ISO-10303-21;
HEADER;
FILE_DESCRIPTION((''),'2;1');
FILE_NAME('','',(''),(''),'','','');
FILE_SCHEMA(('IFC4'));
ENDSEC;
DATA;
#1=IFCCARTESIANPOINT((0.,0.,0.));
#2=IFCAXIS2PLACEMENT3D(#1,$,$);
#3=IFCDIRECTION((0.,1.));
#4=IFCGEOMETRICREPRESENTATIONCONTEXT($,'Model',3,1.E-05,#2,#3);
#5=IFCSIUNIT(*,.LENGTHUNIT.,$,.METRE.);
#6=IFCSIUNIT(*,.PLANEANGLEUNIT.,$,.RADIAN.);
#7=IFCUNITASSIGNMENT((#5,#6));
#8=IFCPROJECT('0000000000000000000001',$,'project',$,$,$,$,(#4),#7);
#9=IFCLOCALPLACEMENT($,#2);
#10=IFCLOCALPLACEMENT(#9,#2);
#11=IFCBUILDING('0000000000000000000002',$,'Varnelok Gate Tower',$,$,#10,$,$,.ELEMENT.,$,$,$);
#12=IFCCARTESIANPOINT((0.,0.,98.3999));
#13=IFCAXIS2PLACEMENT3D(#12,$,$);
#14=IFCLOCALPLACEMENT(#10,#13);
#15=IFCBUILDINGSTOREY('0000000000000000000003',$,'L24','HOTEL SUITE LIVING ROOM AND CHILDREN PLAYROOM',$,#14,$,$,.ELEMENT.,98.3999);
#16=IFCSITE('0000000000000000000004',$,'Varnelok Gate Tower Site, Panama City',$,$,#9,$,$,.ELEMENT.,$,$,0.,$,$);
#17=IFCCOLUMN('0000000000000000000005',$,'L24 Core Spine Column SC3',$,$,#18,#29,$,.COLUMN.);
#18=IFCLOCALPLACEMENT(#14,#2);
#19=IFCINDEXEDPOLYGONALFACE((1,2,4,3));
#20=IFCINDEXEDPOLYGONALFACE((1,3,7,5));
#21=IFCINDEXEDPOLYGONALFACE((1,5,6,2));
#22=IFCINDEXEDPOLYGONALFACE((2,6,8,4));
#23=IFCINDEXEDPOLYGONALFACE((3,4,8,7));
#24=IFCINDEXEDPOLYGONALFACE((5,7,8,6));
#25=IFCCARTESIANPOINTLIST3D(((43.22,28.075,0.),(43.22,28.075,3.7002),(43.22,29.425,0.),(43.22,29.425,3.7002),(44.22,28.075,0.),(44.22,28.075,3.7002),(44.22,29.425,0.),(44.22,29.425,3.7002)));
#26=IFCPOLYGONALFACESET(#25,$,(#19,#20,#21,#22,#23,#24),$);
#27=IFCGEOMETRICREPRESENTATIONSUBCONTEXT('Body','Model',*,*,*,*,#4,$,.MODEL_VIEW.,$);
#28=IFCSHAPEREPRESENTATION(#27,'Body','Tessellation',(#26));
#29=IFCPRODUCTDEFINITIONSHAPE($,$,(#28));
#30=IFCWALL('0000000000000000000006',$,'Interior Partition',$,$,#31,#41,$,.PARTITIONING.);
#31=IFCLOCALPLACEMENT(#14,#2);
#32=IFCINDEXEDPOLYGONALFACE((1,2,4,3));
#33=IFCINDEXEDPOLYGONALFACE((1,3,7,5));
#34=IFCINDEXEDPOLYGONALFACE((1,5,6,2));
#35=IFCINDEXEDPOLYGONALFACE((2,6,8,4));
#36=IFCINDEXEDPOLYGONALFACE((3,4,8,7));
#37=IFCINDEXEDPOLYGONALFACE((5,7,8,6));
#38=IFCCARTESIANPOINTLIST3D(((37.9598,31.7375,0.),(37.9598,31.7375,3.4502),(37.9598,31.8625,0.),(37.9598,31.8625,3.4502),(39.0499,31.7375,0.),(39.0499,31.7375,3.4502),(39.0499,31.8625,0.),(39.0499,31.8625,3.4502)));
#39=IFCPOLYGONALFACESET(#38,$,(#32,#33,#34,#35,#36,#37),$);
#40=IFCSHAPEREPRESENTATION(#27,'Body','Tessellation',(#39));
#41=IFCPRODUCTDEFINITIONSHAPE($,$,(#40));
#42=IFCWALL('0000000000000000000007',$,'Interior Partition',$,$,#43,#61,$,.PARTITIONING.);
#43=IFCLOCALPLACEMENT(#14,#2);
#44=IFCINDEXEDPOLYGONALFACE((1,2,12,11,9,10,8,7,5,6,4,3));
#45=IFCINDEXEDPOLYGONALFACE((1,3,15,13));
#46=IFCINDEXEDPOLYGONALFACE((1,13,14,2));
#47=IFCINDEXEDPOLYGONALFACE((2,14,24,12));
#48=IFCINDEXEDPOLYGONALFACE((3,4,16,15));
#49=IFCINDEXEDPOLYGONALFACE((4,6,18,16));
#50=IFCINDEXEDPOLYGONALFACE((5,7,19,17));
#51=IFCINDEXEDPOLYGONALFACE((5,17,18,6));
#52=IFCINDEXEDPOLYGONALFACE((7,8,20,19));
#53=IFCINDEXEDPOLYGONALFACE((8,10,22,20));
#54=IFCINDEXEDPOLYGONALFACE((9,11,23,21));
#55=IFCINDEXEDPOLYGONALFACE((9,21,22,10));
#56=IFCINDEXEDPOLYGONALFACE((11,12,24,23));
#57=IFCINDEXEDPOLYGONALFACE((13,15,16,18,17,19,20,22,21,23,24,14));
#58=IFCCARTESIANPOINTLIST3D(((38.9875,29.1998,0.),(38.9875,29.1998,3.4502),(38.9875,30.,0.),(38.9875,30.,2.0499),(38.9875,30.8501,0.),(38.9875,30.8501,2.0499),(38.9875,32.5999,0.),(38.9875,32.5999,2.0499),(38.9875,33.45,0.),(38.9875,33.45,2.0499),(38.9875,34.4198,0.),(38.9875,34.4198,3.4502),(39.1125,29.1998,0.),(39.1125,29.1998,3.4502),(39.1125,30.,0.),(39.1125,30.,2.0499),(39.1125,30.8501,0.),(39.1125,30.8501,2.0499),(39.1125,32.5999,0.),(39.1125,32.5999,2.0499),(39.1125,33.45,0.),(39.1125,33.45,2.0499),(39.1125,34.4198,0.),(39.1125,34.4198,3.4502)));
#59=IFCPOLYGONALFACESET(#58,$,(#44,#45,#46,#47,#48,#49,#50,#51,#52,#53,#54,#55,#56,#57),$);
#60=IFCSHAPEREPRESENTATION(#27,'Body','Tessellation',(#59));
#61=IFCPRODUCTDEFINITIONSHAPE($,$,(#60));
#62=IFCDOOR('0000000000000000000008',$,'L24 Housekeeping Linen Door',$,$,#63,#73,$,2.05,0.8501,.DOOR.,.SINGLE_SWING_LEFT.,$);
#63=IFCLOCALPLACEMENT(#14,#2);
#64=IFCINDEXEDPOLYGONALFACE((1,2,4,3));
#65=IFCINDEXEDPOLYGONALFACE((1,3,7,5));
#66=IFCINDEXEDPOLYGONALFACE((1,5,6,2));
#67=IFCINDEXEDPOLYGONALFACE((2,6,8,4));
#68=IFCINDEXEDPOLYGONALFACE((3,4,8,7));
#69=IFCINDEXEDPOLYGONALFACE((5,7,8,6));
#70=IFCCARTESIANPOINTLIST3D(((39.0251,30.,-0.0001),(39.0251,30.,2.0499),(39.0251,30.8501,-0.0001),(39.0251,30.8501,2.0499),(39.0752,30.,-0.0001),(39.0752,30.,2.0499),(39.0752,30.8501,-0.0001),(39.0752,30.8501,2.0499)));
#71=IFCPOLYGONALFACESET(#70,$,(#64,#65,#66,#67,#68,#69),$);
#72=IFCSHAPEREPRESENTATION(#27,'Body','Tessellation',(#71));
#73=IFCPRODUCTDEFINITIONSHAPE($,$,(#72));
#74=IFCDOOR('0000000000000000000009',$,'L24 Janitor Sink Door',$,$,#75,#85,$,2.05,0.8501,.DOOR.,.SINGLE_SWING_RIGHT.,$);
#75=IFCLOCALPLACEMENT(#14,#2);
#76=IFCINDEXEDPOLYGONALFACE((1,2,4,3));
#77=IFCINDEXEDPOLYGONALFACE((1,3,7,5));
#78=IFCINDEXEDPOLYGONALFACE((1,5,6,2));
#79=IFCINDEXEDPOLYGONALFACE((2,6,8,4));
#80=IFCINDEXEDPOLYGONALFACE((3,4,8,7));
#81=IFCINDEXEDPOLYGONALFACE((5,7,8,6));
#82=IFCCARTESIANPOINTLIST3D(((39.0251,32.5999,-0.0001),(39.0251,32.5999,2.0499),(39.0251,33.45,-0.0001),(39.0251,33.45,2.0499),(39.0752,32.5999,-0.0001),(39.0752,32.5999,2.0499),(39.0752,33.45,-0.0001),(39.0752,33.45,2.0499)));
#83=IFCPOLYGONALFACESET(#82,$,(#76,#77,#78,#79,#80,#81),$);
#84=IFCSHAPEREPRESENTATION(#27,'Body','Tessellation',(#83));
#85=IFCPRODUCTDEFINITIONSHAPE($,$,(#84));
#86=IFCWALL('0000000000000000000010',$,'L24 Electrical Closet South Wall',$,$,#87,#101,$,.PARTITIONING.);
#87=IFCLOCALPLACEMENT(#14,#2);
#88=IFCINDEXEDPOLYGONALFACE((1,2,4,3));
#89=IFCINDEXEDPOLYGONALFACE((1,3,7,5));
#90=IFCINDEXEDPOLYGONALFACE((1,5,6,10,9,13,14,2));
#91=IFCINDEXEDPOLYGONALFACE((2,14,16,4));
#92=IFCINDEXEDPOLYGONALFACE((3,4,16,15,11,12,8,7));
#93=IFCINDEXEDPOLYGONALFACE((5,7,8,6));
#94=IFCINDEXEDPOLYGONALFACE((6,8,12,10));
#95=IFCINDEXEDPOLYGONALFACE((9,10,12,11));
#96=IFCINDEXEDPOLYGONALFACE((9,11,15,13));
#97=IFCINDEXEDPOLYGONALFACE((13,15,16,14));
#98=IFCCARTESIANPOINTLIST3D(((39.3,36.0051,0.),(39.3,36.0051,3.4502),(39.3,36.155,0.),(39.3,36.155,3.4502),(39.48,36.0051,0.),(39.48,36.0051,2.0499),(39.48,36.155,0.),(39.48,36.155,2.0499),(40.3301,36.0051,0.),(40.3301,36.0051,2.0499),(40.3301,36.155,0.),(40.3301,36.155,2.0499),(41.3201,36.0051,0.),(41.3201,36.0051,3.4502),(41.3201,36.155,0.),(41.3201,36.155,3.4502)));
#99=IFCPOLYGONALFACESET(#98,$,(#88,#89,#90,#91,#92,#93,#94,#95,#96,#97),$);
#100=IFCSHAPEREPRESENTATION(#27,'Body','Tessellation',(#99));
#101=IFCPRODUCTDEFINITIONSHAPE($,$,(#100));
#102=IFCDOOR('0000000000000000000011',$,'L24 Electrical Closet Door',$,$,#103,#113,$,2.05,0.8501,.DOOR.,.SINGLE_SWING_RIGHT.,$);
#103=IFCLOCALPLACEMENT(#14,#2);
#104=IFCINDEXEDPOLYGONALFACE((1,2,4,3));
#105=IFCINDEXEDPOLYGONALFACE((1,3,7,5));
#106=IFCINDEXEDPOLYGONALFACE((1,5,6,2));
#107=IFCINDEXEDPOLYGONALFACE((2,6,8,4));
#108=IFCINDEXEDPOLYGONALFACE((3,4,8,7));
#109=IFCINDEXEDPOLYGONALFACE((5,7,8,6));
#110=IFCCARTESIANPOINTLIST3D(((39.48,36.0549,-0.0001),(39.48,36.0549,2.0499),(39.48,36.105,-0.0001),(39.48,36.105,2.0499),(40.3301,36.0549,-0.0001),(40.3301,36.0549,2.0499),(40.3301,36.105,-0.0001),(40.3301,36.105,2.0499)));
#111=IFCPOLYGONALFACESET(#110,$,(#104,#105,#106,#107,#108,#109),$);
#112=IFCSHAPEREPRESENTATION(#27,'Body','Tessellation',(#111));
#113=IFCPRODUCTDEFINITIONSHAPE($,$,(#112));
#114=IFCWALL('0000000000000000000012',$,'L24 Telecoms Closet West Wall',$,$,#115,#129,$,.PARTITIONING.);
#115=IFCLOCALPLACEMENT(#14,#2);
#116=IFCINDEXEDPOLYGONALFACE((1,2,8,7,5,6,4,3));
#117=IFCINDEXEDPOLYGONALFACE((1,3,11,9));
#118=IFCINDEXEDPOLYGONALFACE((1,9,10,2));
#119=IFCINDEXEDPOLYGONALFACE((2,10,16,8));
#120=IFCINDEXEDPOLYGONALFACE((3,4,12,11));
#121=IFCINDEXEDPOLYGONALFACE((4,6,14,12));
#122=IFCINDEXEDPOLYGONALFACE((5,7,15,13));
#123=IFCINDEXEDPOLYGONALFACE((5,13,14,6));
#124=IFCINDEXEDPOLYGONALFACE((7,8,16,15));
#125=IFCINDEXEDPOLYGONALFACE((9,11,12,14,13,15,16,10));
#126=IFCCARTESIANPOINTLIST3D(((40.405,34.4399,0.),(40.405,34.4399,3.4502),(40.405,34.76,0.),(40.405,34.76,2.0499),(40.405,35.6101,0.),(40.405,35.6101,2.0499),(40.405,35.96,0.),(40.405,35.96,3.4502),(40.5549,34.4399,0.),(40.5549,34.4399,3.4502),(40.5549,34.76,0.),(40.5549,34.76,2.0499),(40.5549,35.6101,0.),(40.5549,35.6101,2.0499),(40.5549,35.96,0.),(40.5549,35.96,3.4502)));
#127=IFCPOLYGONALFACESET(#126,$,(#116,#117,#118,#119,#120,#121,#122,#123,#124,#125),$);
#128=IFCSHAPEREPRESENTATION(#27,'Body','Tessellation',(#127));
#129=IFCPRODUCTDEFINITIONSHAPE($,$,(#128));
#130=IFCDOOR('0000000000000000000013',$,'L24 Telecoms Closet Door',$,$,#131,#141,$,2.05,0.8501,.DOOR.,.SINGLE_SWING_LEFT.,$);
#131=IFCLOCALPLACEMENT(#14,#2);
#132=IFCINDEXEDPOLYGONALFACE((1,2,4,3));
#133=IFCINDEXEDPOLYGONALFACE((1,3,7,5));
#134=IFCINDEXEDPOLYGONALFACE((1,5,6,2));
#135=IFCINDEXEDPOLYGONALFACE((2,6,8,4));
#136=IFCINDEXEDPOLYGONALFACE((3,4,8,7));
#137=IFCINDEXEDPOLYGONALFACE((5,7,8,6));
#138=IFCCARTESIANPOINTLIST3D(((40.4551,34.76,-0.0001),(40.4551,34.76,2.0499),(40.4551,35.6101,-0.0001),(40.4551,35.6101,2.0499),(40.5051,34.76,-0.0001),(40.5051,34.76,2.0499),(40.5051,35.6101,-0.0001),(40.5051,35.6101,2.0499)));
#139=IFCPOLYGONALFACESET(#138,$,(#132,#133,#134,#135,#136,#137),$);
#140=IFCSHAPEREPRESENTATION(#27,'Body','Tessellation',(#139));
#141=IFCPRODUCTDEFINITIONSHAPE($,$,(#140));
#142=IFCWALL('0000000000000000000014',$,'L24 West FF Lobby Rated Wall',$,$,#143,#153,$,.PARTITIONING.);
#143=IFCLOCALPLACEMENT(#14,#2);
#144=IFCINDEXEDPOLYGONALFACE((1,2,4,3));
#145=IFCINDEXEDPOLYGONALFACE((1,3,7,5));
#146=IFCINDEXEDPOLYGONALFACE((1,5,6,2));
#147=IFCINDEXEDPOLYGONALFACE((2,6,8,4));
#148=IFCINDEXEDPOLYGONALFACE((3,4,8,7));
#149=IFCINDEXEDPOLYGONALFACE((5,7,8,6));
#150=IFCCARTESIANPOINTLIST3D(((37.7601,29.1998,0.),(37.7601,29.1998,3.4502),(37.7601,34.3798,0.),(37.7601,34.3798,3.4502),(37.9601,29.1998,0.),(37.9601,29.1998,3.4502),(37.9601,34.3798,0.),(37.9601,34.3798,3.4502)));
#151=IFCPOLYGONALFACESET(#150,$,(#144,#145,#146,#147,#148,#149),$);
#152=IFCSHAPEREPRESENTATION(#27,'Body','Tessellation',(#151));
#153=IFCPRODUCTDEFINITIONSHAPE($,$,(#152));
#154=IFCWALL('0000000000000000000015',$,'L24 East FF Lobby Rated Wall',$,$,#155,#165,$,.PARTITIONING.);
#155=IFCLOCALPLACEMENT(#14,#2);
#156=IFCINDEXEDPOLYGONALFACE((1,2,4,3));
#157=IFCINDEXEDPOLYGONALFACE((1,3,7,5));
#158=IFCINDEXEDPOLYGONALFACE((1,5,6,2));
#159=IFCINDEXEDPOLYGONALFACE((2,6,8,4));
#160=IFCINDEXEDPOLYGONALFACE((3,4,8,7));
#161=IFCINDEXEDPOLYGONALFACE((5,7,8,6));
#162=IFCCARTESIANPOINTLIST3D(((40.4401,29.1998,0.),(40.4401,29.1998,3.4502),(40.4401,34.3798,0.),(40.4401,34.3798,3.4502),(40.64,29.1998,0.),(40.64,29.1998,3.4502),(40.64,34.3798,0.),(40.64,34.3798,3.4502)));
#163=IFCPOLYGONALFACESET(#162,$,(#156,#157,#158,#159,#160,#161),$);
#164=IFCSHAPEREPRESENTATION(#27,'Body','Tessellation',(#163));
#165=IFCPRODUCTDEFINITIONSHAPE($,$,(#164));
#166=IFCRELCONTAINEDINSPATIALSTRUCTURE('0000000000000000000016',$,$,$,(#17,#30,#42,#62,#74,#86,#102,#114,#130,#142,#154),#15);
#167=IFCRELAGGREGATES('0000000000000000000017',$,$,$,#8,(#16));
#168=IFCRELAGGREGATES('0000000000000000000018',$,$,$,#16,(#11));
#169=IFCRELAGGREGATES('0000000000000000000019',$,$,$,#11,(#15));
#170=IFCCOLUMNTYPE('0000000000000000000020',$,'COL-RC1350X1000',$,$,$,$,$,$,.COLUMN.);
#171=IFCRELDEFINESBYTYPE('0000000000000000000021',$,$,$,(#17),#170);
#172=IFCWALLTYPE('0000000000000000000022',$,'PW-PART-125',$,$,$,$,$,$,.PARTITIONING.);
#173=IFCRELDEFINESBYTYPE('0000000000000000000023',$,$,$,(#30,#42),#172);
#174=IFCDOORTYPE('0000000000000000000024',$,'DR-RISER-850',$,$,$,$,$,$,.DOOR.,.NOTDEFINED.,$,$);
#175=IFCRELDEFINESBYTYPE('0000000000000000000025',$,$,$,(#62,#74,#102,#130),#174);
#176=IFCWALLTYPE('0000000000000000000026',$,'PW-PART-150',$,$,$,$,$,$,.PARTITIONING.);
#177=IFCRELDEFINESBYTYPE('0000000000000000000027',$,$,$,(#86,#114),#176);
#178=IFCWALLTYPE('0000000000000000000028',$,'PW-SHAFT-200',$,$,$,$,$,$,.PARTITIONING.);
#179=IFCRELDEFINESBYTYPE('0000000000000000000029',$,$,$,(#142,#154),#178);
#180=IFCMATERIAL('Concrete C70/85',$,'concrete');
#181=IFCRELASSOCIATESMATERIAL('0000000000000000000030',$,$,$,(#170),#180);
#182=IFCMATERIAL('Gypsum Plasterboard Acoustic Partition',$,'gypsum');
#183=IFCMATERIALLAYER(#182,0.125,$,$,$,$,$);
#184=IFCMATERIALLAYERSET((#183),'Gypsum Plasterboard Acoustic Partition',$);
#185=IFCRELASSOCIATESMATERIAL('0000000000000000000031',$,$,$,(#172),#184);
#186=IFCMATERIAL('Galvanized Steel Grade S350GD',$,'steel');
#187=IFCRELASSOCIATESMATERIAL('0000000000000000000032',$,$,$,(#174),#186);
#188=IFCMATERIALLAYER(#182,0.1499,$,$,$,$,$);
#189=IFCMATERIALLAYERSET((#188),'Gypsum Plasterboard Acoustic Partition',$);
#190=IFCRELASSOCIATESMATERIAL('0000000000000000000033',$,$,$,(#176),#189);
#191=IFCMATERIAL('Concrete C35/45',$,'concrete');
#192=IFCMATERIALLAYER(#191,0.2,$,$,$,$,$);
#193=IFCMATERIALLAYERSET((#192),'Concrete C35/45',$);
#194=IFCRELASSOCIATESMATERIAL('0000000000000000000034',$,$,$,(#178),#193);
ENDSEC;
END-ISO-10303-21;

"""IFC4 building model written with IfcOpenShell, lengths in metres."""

from ifc_helpers import new_model, si_unit, direction, frame, frame_2d, origin, origin_2d, place, context, subcontext, project, spatial, rectangle, extrude, material, layer, layer_set, material_profile, profile_set, type_object, element, fill, save


model = new_model("IFC4")

# Units and contexts
model_context = context("Model", 3, precision=1e-05, world=origin(), true_north=direction((0.0, 1.0)))
body_context = subcontext(model_context, "Body", "Model", "MODEL_VIEW")
ifc_project = project(units=[si_unit("LENGTHUNIT", "METRE"), si_unit("PLANEANGLEUNIT", "RADIAN")], contexts=[model_context])

# Site, building, storey
site_placement = place(None, origin())
site = spatial("IfcSite", under=ifc_project, at=site_placement, Name="Varnelok Gate Tower Site, Panama City", CompositionType="ELEMENT", RefElevation=0.0)
building_placement = place(site_placement, origin())
building = spatial("IfcBuilding", under=site, at=building_placement, Name="Varnelok Gate Tower", CompositionType="ELEMENT")
storey_placement = place(building_placement, frame((0.0, 0.0, 98.3999)))
storey = spatial("IfcBuildingStorey", under=building, at=storey_placement, Name="L24", Description="HOTEL SUITE LIVING ROOM AND CHILDREN PLAYROOM", CompositionType="ELEMENT", Elevation=98.3999)

# Column
ifc_material_1 = material(Name="Concrete C70/85", Category="concrete")
ifc_material_profile = material_profile(ifc_material_1, rectangle(XDim=1.0, YDim=1.3501, at=origin_2d()), Name="RC1350X1000")
ifc_profile_set = profile_set([ifc_material_profile], Name="Concrete C70/85")
column_type = type_object("IfcColumnType", Name="COL-RC1350X1000", PredefinedType="COLUMN", material=ifc_profile_set)
column_placement = place(storey_placement, frame((43.72, 28.75, 0.0), z_axis=(0.0, 0.0, 1.0), x_axis=(1.0, 0.0, 0.0)))
element("IfcColumn", 1, at=column_placement, inside=storey, type_object=column_type, Name="L24 Core Spine Column SC3", PredefinedType="COLUMN", context=body_context, shape_type="SweptSolid", body=[
    extrude(rectangle(XDim=1.0, YDim=1.3501, at=origin_2d()), origin(), (0.0, 0.0, 1.0), 3.7002),
])

# Wall
ifc_material_2 = material(Name="Gypsum Plasterboard Acoustic Partition", Category="gypsum")
ifc_layer_1 = layer(ifc_material_2, 0.125)
ifc_layer_set_1 = layer_set([ifc_layer_1], Name="Gypsum Plasterboard Acoustic Partition")
wall_type_1 = type_object("IfcWallType", Name="PW-PART-125", PredefinedType="PARTITIONING", material=ifc_layer_set_1)
wall_1_placement = place(storey_placement, frame((37.96, 31.8, 0.0), z_axis=(0.0, 0.0, 1.0), x_axis=(1.0, 0.0, 0.0)))
element("IfcWall", 2, at=wall_1_placement, inside=storey, type_object=wall_type_1, Name="Interior Partition", PredefinedType="PARTITIONING", context=body_context, shape_type="SweptSolid", body=[
    extrude(rectangle(XDim=1.0901, YDim=0.125, at=frame_2d((0.5449, 0.0))), origin(), (0.0, 0.0, 1.0), 3.4502),
])

# Wall, openings, doors
wall_2_placement = place(storey_placement, frame((39.05, 29.2, 0.0), z_axis=(0.0, 0.0, 1.0), x_axis=(0.0, 1.0, 0.0)))
wall_2 = element("IfcWall", 3, at=wall_2_placement, inside=storey, type_object=wall_type_1, Name="Interior Partition", PredefinedType="PARTITIONING", context=body_context, shape_type="SweptSolid", body=[
    extrude(rectangle(XDim=5.22, YDim=0.125, at=frame_2d((2.6099, 0.0))), origin(), (0.0, 0.0, 1.0), 3.4502),
])
opening_1_placement = place(wall_2_placement, frame((0.8, 0.0, 0.0)))
opening_1 = element("IfcOpeningElement", 4, at=opening_1_placement, cuts=wall_2, PredefinedType="OPENING", context=body_context, shape_type="SweptSolid", body=[
    extrude(rectangle(XDim=0.8501, YDim=2.05, at=frame_2d((0.425, 1.0249))), frame((0.0, 0.0725, 0.0), z_axis=(0.0, -1.0, 0.0), x_axis=(1.0, 0.0, 0.0)), (0.0, 0.0, 1.0), 0.145),
])
opening_2_placement = place(wall_2_placement, frame((3.3999, 0.0, 0.0)))
opening_2 = element("IfcOpeningElement", 5, at=opening_2_placement, cuts=wall_2, PredefinedType="OPENING", context=body_context, shape_type="SweptSolid", body=[
    extrude(rectangle(XDim=0.8501, YDim=2.05, at=frame_2d((0.425, 1.0249))), frame((0.0, 0.0725, 0.0), z_axis=(0.0, -1.0, 0.0), x_axis=(1.0, 0.0, 0.0)), (0.0, 0.0, 1.0), 0.145),
])
ifc_material_3 = material(Name="Galvanized Steel Grade S350GD", Category="steel")
door_type_1 = type_object("IfcDoorType", Name="DR-RISER-850", OperationType="NOTDEFINED", PredefinedType="DOOR", material=ifc_material_3)
door_1_placement = place(opening_1_placement, origin())
door_1 = element("IfcDoor", 6, at=door_1_placement, inside=storey, type_object=door_type_1, Name="L24 Housekeeping Linen Door", OperationType="SINGLE_SWING_LEFT", OverallHeight=2.05, OverallWidth=0.8501, PredefinedType="DOOR", context=body_context, shape_type="SweptSolid", body=[
    extrude(rectangle(XDim=0.8501, YDim=2.05, at=frame_2d((0.425, 1.0249))), frame((0.0, 0.0249, 0.0), z_axis=(0.0, -1.0, 0.0), x_axis=(1.0, 0.0, 0.0)), (0.0, 0.0, 1.0), 0.05),
])
fill(opening_1, door_1)
door_2_placement = place(opening_2_placement, origin())
door_2 = element("IfcDoor", 7, at=door_2_placement, inside=storey, type_object=door_type_1, Name="L24 Janitor Sink Door", OperationType="SINGLE_SWING_RIGHT", OverallHeight=2.05, OverallWidth=0.8501, PredefinedType="DOOR", context=body_context, shape_type="SweptSolid", body=[
    extrude(rectangle(XDim=0.8501, YDim=2.05, at=frame_2d((0.425, 1.0249))), frame((0.0, 0.0249, 0.0), z_axis=(0.0, -1.0, 0.0), x_axis=(1.0, 0.0, 0.0)), (0.0, 0.0, 1.0), 0.05),
])
fill(opening_2, door_2)

# Walls, openings, doors
ifc_layer_2 = layer(ifc_material_2, 0.1499)
ifc_layer_set_2 = layer_set([ifc_layer_2], Name="Gypsum Plasterboard Acoustic Partition")
wall_type_2 = type_object("IfcWallType", Name="PW-PART-150", PredefinedType="PARTITIONING", material=ifc_layer_set_2)
wall_3_placement = place(storey_placement, frame((39.3, 36.0801, 0.0), z_axis=(0.0, 0.0, 1.0), x_axis=(1.0, 0.0, 0.0)))
wall_3 = element("IfcWall", 8, at=wall_3_placement, inside=storey, type_object=wall_type_2, Name="L24 Electrical Closet South Wall", PredefinedType="PARTITIONING", context=body_context, shape_type="SweptSolid", body=[
    extrude(rectangle(XDim=2.02, YDim=0.1499, at=frame_2d((1.01, 0.0))), origin(), (0.0, 0.0, 1.0), 3.4502),
])
opening_3_placement = place(wall_3_placement, frame((0.1799, 0.0, 0.0)))
opening_3 = element("IfcOpeningElement", 9, at=opening_3_placement, cuts=wall_3, PredefinedType="OPENING", context=body_context, shape_type="SweptSolid", body=[
    extrude(rectangle(XDim=0.8501, YDim=2.05, at=frame_2d((0.425, 1.0249))), frame((0.0, 0.085, 0.0), z_axis=(0.0, -1.0, 0.0), x_axis=(1.0, 0.0, 0.0)), (0.0, 0.0, 1.0), 0.1699),
])
door_3_placement = place(opening_3_placement, origin())
door_3 = element("IfcDoor", 10, at=door_3_placement, inside=storey, type_object=door_type_1, Name="L24 Electrical Closet Door", OperationType="SINGLE_SWING_RIGHT", OverallHeight=2.05, OverallWidth=0.8501, PredefinedType="DOOR", context=body_context, shape_type="SweptSolid", body=[
    extrude(rectangle(XDim=0.8501, YDim=2.05, at=frame_2d((0.425, 1.0249))), frame((0.0, 0.0249, 0.0), z_axis=(0.0, -1.0, 0.0), x_axis=(1.0, 0.0, 0.0)), (0.0, 0.0, 1.0), 0.05),
])
fill(opening_3, door_3)
wall_4_placement = place(storey_placement, frame((40.48, 34.4399, 0.0), z_axis=(0.0, 0.0, 1.0), x_axis=(0.0, 1.0, 0.0)))
wall_4 = element("IfcWall", 11, at=wall_4_placement, inside=storey, type_object=wall_type_2, Name="L24 Telecoms Closet West Wall", PredefinedType="PARTITIONING", context=body_context, shape_type="SweptSolid", body=[
    extrude(rectangle(XDim=1.52, YDim=0.1499, at=frame_2d((0.76, 0.0))), origin(), (0.0, 0.0, 1.0), 3.4502),
])
opening_4_placement = place(wall_4_placement, frame((0.3201, 0.0, 0.0)))
opening_4 = element("IfcOpeningElement", 12, at=opening_4_placement, cuts=wall_4, PredefinedType="OPENING", context=body_context, shape_type="SweptSolid", body=[
    extrude(rectangle(XDim=0.8501, YDim=2.05, at=frame_2d((0.425, 1.0249))), frame((0.0, 0.085, 0.0), z_axis=(0.0, -1.0, 0.0), x_axis=(1.0, 0.0, 0.0)), (0.0, 0.0, 1.0), 0.1699),
])
door_4_placement = place(opening_4_placement, origin())
door_4 = element("IfcDoor", 13, at=door_4_placement, inside=storey, type_object=door_type_1, Name="L24 Telecoms Closet Door", OperationType="SINGLE_SWING_LEFT", OverallHeight=2.05, OverallWidth=0.8501, PredefinedType="DOOR", context=body_context, shape_type="SweptSolid", body=[
    extrude(rectangle(XDim=0.8501, YDim=2.05, at=frame_2d((0.425, 1.0249))), frame((0.0, 0.0249, 0.0), z_axis=(0.0, -1.0, 0.0), x_axis=(1.0, 0.0, 0.0)), (0.0, 0.0, 1.0), 0.05),
])
fill(opening_4, door_4)

# Walls
ifc_material_4 = material(Name="Concrete C35/45", Category="concrete")
ifc_layer_3 = layer(ifc_material_4, 0.2)
ifc_layer_set_3 = layer_set([ifc_layer_3], Name="Concrete C35/45")
wall_type_3 = type_object("IfcWallType", Name="PW-SHAFT-200", PredefinedType="PARTITIONING", material=ifc_layer_set_3)
for number, where, z_axis, x_axis, name in (
    (14, (37.8601, 29.2, 0.0), (0.0, 0.0, 1.0), (0.0, 1.0, 0.0), "L24 West FF Lobby Rated Wall"),
    (15, (40.54, 29.2, 0.0), (0.0, 0.0, 1.0), (0.0, 1.0, 0.0), "L24 East FF Lobby Rated Wall"),
):
    element("IfcWall", number, at=place(storey_placement, frame(where, z_axis=z_axis, x_axis=x_axis)), inside=storey, type_object=wall_type_3, Name=name, PredefinedType="PARTITIONING", context=body_context, shape_type="SweptSolid", body=[
        extrude(rectangle(XDim=5.1799, YDim=0.2, at=frame_2d((2.5898, 0.0))), origin(), (0.0, 0.0, 1.0), 3.4502),
    ])

save(model, "model.ifc")
